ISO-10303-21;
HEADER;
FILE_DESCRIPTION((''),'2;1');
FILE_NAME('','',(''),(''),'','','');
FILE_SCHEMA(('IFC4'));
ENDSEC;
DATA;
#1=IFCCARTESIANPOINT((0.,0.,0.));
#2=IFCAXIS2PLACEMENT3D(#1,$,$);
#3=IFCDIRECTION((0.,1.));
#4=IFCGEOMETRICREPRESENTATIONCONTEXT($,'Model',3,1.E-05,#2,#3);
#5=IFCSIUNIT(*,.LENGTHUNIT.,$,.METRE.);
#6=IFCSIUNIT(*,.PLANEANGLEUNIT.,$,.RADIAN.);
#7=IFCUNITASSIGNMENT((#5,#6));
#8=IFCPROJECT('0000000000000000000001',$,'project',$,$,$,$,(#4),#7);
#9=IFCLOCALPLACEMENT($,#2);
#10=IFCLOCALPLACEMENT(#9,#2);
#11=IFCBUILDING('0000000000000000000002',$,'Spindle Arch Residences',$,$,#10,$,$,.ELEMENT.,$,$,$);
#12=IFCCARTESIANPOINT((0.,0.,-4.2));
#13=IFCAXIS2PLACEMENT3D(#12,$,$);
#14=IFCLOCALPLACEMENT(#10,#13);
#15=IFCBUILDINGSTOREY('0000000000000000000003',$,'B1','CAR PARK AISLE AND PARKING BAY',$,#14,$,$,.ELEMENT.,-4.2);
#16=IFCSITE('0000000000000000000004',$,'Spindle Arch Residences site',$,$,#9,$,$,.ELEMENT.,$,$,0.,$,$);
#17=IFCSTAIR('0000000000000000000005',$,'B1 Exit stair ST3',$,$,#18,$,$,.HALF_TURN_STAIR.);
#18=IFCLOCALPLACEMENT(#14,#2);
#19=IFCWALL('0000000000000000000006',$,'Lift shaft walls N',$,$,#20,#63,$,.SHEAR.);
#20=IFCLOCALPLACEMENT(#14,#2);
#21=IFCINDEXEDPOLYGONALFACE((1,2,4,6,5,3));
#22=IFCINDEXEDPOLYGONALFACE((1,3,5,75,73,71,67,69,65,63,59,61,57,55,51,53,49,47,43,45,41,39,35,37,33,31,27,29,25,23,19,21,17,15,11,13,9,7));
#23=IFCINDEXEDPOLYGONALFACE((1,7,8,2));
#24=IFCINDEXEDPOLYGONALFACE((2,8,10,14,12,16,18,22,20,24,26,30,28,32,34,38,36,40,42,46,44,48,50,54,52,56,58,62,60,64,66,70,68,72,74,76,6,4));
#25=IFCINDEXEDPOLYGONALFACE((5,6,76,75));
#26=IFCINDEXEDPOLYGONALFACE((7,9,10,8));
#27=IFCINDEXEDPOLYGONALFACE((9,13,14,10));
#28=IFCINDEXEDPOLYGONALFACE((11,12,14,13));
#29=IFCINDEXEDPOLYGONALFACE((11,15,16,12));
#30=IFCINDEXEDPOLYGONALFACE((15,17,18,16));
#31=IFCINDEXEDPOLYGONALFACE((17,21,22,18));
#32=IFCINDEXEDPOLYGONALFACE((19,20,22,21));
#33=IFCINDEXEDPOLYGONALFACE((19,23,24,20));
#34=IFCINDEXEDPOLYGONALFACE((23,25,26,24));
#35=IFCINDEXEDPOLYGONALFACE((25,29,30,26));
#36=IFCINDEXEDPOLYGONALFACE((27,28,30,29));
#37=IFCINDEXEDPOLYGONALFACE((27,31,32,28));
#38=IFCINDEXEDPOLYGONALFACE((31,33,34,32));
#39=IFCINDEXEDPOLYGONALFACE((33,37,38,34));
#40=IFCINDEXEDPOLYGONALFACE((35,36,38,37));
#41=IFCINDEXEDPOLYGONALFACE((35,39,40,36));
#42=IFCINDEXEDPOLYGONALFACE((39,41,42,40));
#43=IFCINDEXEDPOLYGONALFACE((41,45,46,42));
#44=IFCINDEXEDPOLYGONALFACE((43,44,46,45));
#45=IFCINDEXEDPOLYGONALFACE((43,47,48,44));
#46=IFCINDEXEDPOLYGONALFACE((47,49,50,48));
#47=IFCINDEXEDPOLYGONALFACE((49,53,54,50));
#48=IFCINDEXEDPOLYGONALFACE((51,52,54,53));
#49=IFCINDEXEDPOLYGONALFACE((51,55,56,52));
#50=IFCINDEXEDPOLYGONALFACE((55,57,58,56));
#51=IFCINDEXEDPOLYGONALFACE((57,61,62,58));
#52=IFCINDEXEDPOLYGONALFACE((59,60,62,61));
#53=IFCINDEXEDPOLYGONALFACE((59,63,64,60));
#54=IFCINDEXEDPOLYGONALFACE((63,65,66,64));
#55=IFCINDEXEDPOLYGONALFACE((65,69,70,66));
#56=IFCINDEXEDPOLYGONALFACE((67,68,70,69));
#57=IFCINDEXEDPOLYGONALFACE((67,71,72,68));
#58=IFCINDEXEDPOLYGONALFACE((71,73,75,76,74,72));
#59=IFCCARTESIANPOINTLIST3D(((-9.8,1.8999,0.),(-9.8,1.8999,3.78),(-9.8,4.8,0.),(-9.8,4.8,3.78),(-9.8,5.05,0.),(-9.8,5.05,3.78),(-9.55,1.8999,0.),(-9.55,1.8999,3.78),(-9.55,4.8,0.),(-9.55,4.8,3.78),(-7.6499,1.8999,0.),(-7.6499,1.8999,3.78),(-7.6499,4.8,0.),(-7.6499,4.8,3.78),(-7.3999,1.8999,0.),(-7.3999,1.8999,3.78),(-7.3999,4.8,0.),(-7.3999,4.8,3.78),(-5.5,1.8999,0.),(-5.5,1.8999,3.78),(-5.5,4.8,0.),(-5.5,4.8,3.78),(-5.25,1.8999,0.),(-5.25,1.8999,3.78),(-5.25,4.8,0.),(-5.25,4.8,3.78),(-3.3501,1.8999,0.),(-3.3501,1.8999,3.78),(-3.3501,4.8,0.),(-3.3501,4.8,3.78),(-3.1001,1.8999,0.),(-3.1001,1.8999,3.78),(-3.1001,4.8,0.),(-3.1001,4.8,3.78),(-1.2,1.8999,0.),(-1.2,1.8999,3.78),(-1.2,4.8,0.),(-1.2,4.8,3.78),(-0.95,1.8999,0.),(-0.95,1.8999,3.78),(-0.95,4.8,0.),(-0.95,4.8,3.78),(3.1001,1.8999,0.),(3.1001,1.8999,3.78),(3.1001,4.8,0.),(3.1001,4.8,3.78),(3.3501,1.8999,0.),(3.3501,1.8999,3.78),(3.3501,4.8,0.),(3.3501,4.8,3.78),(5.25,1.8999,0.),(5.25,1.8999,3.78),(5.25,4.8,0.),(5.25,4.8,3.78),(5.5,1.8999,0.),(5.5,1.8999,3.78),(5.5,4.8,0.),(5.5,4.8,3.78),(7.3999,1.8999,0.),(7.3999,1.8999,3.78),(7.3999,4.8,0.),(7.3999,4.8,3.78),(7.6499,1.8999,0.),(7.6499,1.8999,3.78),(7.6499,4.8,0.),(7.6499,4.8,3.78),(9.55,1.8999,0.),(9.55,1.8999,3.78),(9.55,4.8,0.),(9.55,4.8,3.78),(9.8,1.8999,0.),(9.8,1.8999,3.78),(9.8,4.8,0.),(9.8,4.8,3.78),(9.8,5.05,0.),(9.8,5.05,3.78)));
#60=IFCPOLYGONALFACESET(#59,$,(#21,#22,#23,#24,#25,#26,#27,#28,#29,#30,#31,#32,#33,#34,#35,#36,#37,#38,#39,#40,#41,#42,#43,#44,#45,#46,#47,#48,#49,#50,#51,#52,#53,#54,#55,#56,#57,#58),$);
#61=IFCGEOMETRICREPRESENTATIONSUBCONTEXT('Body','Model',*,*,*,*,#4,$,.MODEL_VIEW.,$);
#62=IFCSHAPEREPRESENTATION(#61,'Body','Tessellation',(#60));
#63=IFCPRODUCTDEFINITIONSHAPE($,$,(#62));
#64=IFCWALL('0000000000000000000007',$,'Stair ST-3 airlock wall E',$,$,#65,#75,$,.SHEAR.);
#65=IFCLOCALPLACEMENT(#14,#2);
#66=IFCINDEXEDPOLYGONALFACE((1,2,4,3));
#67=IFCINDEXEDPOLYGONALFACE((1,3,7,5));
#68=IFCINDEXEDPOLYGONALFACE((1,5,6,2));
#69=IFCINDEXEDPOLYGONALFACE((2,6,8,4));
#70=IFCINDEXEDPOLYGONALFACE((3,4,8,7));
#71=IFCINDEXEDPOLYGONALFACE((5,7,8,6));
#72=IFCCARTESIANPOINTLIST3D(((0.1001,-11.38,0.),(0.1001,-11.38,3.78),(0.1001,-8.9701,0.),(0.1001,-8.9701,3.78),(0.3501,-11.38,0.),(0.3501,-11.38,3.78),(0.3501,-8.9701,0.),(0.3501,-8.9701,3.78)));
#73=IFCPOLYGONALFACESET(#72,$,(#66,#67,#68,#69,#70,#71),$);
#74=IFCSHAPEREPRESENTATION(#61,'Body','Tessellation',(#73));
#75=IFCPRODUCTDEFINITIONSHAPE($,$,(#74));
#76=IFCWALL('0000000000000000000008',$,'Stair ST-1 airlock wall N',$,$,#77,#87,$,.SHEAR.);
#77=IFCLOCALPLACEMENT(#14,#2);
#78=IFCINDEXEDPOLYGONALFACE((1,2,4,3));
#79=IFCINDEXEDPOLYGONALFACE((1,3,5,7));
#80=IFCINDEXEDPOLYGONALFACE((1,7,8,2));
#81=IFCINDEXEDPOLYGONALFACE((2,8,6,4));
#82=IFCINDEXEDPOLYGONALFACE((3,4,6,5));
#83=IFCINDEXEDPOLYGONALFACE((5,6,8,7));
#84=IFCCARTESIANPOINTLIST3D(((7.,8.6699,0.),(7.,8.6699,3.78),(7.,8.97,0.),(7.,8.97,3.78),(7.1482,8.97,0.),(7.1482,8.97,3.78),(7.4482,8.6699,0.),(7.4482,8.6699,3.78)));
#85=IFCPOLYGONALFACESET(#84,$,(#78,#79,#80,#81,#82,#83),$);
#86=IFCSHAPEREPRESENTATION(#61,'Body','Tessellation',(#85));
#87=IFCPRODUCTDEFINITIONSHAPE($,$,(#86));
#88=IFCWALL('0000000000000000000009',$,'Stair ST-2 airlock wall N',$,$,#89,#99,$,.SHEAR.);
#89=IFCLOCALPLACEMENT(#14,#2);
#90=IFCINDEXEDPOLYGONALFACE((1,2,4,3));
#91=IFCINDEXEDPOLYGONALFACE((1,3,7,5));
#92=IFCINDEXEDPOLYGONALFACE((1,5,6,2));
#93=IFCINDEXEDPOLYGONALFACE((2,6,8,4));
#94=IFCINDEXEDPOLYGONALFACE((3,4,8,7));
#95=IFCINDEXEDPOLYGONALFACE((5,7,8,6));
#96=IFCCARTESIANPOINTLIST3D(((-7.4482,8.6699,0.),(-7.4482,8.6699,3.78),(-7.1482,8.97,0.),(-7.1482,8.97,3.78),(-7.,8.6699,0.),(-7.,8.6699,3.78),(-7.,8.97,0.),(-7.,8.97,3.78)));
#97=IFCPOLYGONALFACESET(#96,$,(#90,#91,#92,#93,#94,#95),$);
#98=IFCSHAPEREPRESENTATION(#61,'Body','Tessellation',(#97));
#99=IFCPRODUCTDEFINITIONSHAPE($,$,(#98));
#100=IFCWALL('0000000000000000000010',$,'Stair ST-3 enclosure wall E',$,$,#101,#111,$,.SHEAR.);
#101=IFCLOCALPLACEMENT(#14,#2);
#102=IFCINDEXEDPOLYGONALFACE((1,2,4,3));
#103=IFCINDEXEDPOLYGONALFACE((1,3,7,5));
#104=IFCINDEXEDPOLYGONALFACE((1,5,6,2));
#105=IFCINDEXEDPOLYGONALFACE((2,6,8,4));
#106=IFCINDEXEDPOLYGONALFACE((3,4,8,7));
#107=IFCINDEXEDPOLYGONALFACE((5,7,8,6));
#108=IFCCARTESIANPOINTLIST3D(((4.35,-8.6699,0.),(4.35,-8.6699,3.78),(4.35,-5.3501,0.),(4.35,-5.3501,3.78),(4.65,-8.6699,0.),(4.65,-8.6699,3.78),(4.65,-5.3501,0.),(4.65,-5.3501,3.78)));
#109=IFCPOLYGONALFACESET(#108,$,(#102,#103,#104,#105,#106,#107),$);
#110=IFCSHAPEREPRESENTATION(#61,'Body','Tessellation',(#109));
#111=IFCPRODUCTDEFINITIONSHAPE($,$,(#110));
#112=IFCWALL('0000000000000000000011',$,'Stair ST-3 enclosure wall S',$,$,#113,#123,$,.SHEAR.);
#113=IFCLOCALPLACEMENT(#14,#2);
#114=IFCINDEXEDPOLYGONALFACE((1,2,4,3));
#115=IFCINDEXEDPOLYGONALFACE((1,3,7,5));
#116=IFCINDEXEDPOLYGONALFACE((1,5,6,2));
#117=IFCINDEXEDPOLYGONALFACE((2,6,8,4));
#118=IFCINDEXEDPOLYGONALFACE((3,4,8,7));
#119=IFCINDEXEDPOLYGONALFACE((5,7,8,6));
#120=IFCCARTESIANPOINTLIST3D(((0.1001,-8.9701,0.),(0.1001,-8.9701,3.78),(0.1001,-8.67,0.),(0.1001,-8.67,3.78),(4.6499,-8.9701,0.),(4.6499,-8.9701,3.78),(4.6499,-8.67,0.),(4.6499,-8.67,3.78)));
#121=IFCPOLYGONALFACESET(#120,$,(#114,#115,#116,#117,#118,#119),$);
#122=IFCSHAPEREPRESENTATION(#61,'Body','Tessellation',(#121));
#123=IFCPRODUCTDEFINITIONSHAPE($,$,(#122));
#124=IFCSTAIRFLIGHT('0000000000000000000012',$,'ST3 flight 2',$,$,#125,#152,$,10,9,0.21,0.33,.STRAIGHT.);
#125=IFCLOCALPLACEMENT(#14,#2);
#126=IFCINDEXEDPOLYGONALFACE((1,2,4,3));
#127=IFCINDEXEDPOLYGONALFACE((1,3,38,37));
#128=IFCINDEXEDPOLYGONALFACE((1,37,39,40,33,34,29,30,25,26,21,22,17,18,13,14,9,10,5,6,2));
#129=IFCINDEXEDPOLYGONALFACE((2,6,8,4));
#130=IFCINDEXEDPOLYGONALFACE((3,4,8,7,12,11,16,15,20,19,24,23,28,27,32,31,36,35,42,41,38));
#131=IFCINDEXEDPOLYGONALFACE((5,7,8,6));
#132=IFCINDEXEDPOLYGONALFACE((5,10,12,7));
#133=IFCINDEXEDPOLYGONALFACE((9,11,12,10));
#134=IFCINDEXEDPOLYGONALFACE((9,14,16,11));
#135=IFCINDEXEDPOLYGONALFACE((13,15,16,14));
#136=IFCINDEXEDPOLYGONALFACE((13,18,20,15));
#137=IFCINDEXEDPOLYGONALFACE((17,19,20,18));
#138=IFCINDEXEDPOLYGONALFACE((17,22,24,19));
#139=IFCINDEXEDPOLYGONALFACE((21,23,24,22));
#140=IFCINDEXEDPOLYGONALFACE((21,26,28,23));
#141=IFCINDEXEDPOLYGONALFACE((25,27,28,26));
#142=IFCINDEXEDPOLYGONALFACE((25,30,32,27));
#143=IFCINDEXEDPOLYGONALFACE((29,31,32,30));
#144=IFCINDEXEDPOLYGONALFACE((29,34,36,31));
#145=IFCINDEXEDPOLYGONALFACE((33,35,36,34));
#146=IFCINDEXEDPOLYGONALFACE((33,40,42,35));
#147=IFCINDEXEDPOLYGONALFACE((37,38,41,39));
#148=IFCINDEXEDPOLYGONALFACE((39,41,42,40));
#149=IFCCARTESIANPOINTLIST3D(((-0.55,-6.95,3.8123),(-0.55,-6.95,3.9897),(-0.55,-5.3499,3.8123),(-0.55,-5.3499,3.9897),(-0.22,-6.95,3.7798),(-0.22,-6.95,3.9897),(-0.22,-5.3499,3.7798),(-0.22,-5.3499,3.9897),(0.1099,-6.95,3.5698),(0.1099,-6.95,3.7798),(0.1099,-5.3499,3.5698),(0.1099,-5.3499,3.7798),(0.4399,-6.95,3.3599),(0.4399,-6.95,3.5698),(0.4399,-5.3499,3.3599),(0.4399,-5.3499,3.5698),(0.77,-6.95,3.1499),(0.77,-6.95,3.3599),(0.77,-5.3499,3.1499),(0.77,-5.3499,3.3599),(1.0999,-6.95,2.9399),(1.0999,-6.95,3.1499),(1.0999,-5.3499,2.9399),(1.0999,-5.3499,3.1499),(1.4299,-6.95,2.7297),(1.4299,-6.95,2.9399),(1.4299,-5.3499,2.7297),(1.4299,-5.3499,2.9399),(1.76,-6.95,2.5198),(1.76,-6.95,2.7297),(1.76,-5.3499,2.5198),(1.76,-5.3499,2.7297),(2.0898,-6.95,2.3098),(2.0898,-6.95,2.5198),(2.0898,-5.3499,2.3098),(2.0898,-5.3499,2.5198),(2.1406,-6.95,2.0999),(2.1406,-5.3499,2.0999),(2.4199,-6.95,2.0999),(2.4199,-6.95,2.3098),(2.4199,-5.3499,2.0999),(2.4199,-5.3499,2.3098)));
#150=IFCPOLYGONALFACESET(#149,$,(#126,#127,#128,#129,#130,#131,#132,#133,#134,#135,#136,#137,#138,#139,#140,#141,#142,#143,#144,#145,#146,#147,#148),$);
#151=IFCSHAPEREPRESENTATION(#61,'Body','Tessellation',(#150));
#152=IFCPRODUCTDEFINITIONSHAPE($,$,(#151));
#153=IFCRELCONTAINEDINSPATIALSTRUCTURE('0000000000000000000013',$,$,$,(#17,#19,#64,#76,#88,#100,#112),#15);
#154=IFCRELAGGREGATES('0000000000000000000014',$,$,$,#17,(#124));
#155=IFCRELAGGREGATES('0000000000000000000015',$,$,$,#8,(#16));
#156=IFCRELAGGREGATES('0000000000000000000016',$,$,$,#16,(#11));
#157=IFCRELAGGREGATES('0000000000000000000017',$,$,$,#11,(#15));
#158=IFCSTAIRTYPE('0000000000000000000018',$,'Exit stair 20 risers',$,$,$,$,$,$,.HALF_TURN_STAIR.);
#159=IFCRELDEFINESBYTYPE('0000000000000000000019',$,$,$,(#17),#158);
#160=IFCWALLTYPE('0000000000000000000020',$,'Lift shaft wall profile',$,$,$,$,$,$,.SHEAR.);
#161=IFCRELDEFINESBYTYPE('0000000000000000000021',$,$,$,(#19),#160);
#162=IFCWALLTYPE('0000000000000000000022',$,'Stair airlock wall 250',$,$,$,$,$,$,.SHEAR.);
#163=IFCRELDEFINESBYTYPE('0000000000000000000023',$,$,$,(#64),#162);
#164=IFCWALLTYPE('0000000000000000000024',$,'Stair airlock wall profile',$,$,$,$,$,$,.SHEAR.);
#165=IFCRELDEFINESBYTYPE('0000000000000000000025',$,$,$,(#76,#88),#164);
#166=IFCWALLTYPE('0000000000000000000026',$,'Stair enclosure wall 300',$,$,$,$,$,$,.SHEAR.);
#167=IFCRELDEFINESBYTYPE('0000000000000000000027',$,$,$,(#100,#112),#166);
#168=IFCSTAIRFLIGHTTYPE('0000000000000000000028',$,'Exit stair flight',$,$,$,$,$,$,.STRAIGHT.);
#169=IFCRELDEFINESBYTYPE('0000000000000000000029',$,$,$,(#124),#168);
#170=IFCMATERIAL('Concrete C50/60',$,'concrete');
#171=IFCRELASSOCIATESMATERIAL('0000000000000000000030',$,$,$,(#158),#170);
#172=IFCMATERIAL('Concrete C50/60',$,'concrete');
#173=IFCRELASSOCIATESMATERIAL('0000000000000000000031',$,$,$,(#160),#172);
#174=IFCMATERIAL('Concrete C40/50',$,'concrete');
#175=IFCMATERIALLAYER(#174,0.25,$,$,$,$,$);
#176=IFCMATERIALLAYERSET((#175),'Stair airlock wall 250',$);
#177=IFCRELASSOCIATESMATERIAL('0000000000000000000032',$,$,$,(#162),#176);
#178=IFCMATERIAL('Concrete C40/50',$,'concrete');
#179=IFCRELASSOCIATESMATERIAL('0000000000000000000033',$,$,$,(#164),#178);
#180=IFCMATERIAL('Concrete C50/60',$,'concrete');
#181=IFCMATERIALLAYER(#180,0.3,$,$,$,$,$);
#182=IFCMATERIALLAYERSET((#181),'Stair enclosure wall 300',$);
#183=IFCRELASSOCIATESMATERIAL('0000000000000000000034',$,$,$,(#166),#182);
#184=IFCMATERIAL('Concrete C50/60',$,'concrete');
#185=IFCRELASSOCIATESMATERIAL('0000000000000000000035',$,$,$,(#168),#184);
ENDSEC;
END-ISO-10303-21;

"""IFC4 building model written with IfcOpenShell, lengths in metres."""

from ifc_helpers import new_model, si_unit, direction, frame, frame_2d, origin, place, context, subcontext, project, spatial, polyline, rectangle, outline, extrude, material, layer, layer_set, type_object, element, aggregate, save


model = new_model("IFC4")

# Units and contexts
model_context = context("Model", 3, precision=1e-05, world=origin(), true_north=direction((0.0, 1.0)))
body_context = subcontext(model_context, "Body", "Model", "MODEL_VIEW")
ifc_project = project(units=[si_unit("LENGTHUNIT", "METRE"), si_unit("PLANEANGLEUNIT", "RADIAN")], contexts=[model_context])

# Site, building, storey
site_placement = place(None, origin())
site = spatial("IfcSite", under=ifc_project, at=site_placement, Name="Spindle Arch Residences site", CompositionType="ELEMENT", RefElevation=0.0)
building_placement = place(site_placement, origin())
building = spatial("IfcBuilding", under=site, at=building_placement, Name="Spindle Arch Residences", CompositionType="ELEMENT")
storey_placement = place(building_placement, frame((0.0, 0.0, -4.2)))
storey = spatial("IfcBuildingStorey", under=building, at=storey_placement, Name="B1", Description="CAR PARK AISLE AND PARKING BAY", CompositionType="ELEMENT", Elevation=-4.2)

# Stair
ifc_material_1 = material(Name="Concrete C50/60", Category="concrete")
stair_type = type_object("IfcStairType", Name="Exit stair 20 risers", PredefinedType="HALF_TURN_STAIR", material=ifc_material_1)
stair_1_placement = place(storey_placement, origin())
stair_1 = element("IfcStair", 1, at=stair_1_placement, inside=storey, type_object=stair_type, Name="B1 Exit stair ST3", PredefinedType="HALF_TURN_STAIR")

# Walls
ifc_material_2 = material(Name="Concrete C50/60", Category="concrete")
wall_type_1 = type_object("IfcWallType", Name="Lift shaft wall profile", PredefinedType="SHEAR", material=ifc_material_2)
wall_1_placement = place(storey_placement, origin())
element("IfcWall", 2, at=wall_1_placement, inside=storey, type_object=wall_type_1, Name="Lift shaft walls N", PredefinedType="SHEAR", context=body_context, shape_type="SweptSolid", body=[
    extrude(outline(polyline([(-9.55, 4.8), (-7.6499, 4.8), (-7.6499, 1.8999), (-7.3999, 1.8999), (-7.3999, 4.8), (-5.5, 4.8), (-5.5, 1.8999), (-5.25, 1.8999), (-5.25, 4.8), (-3.3501, 4.8), (-3.3501, 1.8999), (-3.1001, 1.8999), (-3.1001, 4.8), (-1.2, 4.8), (-1.2, 1.8999), (-0.95, 1.8999), (-0.95, 4.8), (3.1001, 4.8), (3.1001, 1.8999), (3.3501, 1.8999), (3.3501, 4.8), (5.25, 4.8), (5.25, 1.8999), (5.5, 1.8999), (5.5, 4.8), (7.3999, 4.8), (7.3999, 1.8999), (7.6499, 1.8999), (7.6499, 4.8), (9.55, 4.8), (9.55, 1.8999), (9.8, 1.8999), (9.8, 4.8), (9.8, 5.05), (-9.8, 5.05), (-9.8, 4.8), (-9.8, 1.8999), (-9.55, 1.8999), (-9.55, 4.8)])), origin(), (0.0, 0.0, 1.0), 3.78),
])
ifc_material_3 = material(Name="Concrete C40/50", Category="concrete")
ifc_layer_1 = layer(ifc_material_3, 0.25)
ifc_layer_set_1 = layer_set([ifc_layer_1], Name="Stair airlock wall 250")
wall_type_2 = type_object("IfcWallType", Name="Stair airlock wall 250", PredefinedType="SHEAR", material=ifc_layer_set_1)
wall_2_placement = place(storey_placement, frame((0.2251, -8.97, 0.0), z_axis=(0.0, 0.0, 1.0), x_axis=(0.0, -1.0, 0.0)))
element("IfcWall", 3, at=wall_2_placement, inside=storey, type_object=wall_type_2, Name="Stair ST-3 airlock wall E", PredefinedType="SHEAR", context=body_context, shape_type="SweptSolid", body=[
    extrude(rectangle(XDim=2.4099, YDim=0.25, at=frame_2d((1.2051, 0.0))), origin(), (0.0, 0.0, 1.0), 3.78),
])
ifc_material_4 = material(Name="Concrete C40/50", Category="concrete")
wall_type_3 = type_object("IfcWallType", Name="Stair airlock wall profile", PredefinedType="SHEAR", material=ifc_material_4)
wall_3_placement = place(storey_placement, origin())
element("IfcWall", 4, at=wall_3_placement, inside=storey, type_object=wall_type_3, Name="Stair ST-1 airlock wall N", PredefinedType="SHEAR", context=body_context, shape_type="SweptSolid", body=[
    extrude(outline(polyline([(7.4482, 8.6699), (7.0, 8.6699), (7.0, 8.97), (7.1482, 8.97), (7.4482, 8.6699)])), origin(), (0.0, 0.0, 1.0), 3.78),
])
wall_4_placement = place(storey_placement, origin())
element("IfcWall", 5, at=wall_4_placement, inside=storey, type_object=wall_type_3, Name="Stair ST-2 airlock wall N", PredefinedType="SHEAR", context=body_context, shape_type="SweptSolid", body=[
    extrude(outline(polyline([(-7.1482, 8.97), (-7.0, 8.97), (-7.0, 8.6699), (-7.4482, 8.6699), (-7.1482, 8.97)])), origin(), (0.0, 0.0, 1.0), 3.78),
])
ifc_material_5 = material(Name="Concrete C50/60", Category="concrete")
ifc_layer_2 = layer(ifc_material_5, 0.3)
ifc_layer_set_2 = layer_set([ifc_layer_2], Name="Stair enclosure wall 300")
wall_type_4 = type_object("IfcWallType", Name="Stair enclosure wall 300", PredefinedType="SHEAR", material=ifc_layer_set_2)
wall_5_placement = place(storey_placement, frame((4.5, -8.6699, 0.0), z_axis=(0.0, 0.0, 1.0), x_axis=(0.0, 1.0, 0.0)))
element("IfcWall", 6, at=wall_5_placement, inside=storey, type_object=wall_type_4, Name="Stair ST-3 enclosure wall E", PredefinedType="SHEAR", context=body_context, shape_type="SweptSolid", body=[
    extrude(rectangle(XDim=3.3198, YDim=0.3, at=frame_2d((1.6599, 0.0))), origin(), (0.0, 0.0, 1.0), 3.78),
])
wall_6_placement = place(storey_placement, frame((0.1001, -8.8201, 0.0), z_axis=(0.0, 0.0, 1.0), x_axis=(1.0, 0.0, 0.0)))
element("IfcWall", 7, at=wall_6_placement, inside=storey, type_object=wall_type_4, Name="Stair ST-3 enclosure wall S", PredefinedType="SHEAR", context=body_context, shape_type="SweptSolid", body=[
    extrude(rectangle(XDim=4.5498, YDim=0.3, at=frame_2d((2.2749, 0.0))), origin(), (0.0, 0.0, 1.0), 3.78),
])

# Stair flight
ifc_material_6 = material(Name="Concrete C50/60", Category="concrete")
stair_flight_type = type_object("IfcStairFlightType", Name="Exit stair flight", PredefinedType="STRAIGHT", material=ifc_material_6)
stair_flight_placement = place(storey_placement, frame((2.4199, -6.1499, 2.0999), z_axis=(0.0, 0.0, 1.0), x_axis=(-1.0, 0.0, 0.0)))
stair_flight = element("IfcStairFlight", 8, at=stair_flight_placement, type_object=stair_flight_type, Name="ST3 flight 2", NumberOfRisers=10, NumberOfTreads=9, PredefinedType="STRAIGHT", RiserHeight=0.21, TreadLength=0.33, context=body_context, shape_type="SweptSolid", body=[
    extrude(outline(polyline([(0.0, 0.0), (0.0, 0.21), (0.3301, 0.21), (0.3301, 0.4199), (0.6599, 0.4199), (0.6599, 0.6299), (0.99, 0.6299), (0.99, 0.8401), (1.3201, 0.8401), (1.3201, 1.05), (1.6499, 1.05), (1.6499, 1.26), (1.98, 1.26), (1.98, 1.47), (2.3101, 1.47), (2.3101, 1.6799), (2.6399, 1.6799), (2.6399, 1.8899), (2.97, 1.8899), (2.97, 2.1001), (2.97, 1.7124), (0.2793, 0.0), (0.0, 0.0)])), frame((0.0, 0.8, 0.0), z_axis=(0.0, -1.0, 0.0), x_axis=(1.0, 0.0, 0.0)), (0.0, 0.0, 1.0), 1.6001),
])
aggregate(stair_1, [stair_flight])

save(model, "model.ifc")
